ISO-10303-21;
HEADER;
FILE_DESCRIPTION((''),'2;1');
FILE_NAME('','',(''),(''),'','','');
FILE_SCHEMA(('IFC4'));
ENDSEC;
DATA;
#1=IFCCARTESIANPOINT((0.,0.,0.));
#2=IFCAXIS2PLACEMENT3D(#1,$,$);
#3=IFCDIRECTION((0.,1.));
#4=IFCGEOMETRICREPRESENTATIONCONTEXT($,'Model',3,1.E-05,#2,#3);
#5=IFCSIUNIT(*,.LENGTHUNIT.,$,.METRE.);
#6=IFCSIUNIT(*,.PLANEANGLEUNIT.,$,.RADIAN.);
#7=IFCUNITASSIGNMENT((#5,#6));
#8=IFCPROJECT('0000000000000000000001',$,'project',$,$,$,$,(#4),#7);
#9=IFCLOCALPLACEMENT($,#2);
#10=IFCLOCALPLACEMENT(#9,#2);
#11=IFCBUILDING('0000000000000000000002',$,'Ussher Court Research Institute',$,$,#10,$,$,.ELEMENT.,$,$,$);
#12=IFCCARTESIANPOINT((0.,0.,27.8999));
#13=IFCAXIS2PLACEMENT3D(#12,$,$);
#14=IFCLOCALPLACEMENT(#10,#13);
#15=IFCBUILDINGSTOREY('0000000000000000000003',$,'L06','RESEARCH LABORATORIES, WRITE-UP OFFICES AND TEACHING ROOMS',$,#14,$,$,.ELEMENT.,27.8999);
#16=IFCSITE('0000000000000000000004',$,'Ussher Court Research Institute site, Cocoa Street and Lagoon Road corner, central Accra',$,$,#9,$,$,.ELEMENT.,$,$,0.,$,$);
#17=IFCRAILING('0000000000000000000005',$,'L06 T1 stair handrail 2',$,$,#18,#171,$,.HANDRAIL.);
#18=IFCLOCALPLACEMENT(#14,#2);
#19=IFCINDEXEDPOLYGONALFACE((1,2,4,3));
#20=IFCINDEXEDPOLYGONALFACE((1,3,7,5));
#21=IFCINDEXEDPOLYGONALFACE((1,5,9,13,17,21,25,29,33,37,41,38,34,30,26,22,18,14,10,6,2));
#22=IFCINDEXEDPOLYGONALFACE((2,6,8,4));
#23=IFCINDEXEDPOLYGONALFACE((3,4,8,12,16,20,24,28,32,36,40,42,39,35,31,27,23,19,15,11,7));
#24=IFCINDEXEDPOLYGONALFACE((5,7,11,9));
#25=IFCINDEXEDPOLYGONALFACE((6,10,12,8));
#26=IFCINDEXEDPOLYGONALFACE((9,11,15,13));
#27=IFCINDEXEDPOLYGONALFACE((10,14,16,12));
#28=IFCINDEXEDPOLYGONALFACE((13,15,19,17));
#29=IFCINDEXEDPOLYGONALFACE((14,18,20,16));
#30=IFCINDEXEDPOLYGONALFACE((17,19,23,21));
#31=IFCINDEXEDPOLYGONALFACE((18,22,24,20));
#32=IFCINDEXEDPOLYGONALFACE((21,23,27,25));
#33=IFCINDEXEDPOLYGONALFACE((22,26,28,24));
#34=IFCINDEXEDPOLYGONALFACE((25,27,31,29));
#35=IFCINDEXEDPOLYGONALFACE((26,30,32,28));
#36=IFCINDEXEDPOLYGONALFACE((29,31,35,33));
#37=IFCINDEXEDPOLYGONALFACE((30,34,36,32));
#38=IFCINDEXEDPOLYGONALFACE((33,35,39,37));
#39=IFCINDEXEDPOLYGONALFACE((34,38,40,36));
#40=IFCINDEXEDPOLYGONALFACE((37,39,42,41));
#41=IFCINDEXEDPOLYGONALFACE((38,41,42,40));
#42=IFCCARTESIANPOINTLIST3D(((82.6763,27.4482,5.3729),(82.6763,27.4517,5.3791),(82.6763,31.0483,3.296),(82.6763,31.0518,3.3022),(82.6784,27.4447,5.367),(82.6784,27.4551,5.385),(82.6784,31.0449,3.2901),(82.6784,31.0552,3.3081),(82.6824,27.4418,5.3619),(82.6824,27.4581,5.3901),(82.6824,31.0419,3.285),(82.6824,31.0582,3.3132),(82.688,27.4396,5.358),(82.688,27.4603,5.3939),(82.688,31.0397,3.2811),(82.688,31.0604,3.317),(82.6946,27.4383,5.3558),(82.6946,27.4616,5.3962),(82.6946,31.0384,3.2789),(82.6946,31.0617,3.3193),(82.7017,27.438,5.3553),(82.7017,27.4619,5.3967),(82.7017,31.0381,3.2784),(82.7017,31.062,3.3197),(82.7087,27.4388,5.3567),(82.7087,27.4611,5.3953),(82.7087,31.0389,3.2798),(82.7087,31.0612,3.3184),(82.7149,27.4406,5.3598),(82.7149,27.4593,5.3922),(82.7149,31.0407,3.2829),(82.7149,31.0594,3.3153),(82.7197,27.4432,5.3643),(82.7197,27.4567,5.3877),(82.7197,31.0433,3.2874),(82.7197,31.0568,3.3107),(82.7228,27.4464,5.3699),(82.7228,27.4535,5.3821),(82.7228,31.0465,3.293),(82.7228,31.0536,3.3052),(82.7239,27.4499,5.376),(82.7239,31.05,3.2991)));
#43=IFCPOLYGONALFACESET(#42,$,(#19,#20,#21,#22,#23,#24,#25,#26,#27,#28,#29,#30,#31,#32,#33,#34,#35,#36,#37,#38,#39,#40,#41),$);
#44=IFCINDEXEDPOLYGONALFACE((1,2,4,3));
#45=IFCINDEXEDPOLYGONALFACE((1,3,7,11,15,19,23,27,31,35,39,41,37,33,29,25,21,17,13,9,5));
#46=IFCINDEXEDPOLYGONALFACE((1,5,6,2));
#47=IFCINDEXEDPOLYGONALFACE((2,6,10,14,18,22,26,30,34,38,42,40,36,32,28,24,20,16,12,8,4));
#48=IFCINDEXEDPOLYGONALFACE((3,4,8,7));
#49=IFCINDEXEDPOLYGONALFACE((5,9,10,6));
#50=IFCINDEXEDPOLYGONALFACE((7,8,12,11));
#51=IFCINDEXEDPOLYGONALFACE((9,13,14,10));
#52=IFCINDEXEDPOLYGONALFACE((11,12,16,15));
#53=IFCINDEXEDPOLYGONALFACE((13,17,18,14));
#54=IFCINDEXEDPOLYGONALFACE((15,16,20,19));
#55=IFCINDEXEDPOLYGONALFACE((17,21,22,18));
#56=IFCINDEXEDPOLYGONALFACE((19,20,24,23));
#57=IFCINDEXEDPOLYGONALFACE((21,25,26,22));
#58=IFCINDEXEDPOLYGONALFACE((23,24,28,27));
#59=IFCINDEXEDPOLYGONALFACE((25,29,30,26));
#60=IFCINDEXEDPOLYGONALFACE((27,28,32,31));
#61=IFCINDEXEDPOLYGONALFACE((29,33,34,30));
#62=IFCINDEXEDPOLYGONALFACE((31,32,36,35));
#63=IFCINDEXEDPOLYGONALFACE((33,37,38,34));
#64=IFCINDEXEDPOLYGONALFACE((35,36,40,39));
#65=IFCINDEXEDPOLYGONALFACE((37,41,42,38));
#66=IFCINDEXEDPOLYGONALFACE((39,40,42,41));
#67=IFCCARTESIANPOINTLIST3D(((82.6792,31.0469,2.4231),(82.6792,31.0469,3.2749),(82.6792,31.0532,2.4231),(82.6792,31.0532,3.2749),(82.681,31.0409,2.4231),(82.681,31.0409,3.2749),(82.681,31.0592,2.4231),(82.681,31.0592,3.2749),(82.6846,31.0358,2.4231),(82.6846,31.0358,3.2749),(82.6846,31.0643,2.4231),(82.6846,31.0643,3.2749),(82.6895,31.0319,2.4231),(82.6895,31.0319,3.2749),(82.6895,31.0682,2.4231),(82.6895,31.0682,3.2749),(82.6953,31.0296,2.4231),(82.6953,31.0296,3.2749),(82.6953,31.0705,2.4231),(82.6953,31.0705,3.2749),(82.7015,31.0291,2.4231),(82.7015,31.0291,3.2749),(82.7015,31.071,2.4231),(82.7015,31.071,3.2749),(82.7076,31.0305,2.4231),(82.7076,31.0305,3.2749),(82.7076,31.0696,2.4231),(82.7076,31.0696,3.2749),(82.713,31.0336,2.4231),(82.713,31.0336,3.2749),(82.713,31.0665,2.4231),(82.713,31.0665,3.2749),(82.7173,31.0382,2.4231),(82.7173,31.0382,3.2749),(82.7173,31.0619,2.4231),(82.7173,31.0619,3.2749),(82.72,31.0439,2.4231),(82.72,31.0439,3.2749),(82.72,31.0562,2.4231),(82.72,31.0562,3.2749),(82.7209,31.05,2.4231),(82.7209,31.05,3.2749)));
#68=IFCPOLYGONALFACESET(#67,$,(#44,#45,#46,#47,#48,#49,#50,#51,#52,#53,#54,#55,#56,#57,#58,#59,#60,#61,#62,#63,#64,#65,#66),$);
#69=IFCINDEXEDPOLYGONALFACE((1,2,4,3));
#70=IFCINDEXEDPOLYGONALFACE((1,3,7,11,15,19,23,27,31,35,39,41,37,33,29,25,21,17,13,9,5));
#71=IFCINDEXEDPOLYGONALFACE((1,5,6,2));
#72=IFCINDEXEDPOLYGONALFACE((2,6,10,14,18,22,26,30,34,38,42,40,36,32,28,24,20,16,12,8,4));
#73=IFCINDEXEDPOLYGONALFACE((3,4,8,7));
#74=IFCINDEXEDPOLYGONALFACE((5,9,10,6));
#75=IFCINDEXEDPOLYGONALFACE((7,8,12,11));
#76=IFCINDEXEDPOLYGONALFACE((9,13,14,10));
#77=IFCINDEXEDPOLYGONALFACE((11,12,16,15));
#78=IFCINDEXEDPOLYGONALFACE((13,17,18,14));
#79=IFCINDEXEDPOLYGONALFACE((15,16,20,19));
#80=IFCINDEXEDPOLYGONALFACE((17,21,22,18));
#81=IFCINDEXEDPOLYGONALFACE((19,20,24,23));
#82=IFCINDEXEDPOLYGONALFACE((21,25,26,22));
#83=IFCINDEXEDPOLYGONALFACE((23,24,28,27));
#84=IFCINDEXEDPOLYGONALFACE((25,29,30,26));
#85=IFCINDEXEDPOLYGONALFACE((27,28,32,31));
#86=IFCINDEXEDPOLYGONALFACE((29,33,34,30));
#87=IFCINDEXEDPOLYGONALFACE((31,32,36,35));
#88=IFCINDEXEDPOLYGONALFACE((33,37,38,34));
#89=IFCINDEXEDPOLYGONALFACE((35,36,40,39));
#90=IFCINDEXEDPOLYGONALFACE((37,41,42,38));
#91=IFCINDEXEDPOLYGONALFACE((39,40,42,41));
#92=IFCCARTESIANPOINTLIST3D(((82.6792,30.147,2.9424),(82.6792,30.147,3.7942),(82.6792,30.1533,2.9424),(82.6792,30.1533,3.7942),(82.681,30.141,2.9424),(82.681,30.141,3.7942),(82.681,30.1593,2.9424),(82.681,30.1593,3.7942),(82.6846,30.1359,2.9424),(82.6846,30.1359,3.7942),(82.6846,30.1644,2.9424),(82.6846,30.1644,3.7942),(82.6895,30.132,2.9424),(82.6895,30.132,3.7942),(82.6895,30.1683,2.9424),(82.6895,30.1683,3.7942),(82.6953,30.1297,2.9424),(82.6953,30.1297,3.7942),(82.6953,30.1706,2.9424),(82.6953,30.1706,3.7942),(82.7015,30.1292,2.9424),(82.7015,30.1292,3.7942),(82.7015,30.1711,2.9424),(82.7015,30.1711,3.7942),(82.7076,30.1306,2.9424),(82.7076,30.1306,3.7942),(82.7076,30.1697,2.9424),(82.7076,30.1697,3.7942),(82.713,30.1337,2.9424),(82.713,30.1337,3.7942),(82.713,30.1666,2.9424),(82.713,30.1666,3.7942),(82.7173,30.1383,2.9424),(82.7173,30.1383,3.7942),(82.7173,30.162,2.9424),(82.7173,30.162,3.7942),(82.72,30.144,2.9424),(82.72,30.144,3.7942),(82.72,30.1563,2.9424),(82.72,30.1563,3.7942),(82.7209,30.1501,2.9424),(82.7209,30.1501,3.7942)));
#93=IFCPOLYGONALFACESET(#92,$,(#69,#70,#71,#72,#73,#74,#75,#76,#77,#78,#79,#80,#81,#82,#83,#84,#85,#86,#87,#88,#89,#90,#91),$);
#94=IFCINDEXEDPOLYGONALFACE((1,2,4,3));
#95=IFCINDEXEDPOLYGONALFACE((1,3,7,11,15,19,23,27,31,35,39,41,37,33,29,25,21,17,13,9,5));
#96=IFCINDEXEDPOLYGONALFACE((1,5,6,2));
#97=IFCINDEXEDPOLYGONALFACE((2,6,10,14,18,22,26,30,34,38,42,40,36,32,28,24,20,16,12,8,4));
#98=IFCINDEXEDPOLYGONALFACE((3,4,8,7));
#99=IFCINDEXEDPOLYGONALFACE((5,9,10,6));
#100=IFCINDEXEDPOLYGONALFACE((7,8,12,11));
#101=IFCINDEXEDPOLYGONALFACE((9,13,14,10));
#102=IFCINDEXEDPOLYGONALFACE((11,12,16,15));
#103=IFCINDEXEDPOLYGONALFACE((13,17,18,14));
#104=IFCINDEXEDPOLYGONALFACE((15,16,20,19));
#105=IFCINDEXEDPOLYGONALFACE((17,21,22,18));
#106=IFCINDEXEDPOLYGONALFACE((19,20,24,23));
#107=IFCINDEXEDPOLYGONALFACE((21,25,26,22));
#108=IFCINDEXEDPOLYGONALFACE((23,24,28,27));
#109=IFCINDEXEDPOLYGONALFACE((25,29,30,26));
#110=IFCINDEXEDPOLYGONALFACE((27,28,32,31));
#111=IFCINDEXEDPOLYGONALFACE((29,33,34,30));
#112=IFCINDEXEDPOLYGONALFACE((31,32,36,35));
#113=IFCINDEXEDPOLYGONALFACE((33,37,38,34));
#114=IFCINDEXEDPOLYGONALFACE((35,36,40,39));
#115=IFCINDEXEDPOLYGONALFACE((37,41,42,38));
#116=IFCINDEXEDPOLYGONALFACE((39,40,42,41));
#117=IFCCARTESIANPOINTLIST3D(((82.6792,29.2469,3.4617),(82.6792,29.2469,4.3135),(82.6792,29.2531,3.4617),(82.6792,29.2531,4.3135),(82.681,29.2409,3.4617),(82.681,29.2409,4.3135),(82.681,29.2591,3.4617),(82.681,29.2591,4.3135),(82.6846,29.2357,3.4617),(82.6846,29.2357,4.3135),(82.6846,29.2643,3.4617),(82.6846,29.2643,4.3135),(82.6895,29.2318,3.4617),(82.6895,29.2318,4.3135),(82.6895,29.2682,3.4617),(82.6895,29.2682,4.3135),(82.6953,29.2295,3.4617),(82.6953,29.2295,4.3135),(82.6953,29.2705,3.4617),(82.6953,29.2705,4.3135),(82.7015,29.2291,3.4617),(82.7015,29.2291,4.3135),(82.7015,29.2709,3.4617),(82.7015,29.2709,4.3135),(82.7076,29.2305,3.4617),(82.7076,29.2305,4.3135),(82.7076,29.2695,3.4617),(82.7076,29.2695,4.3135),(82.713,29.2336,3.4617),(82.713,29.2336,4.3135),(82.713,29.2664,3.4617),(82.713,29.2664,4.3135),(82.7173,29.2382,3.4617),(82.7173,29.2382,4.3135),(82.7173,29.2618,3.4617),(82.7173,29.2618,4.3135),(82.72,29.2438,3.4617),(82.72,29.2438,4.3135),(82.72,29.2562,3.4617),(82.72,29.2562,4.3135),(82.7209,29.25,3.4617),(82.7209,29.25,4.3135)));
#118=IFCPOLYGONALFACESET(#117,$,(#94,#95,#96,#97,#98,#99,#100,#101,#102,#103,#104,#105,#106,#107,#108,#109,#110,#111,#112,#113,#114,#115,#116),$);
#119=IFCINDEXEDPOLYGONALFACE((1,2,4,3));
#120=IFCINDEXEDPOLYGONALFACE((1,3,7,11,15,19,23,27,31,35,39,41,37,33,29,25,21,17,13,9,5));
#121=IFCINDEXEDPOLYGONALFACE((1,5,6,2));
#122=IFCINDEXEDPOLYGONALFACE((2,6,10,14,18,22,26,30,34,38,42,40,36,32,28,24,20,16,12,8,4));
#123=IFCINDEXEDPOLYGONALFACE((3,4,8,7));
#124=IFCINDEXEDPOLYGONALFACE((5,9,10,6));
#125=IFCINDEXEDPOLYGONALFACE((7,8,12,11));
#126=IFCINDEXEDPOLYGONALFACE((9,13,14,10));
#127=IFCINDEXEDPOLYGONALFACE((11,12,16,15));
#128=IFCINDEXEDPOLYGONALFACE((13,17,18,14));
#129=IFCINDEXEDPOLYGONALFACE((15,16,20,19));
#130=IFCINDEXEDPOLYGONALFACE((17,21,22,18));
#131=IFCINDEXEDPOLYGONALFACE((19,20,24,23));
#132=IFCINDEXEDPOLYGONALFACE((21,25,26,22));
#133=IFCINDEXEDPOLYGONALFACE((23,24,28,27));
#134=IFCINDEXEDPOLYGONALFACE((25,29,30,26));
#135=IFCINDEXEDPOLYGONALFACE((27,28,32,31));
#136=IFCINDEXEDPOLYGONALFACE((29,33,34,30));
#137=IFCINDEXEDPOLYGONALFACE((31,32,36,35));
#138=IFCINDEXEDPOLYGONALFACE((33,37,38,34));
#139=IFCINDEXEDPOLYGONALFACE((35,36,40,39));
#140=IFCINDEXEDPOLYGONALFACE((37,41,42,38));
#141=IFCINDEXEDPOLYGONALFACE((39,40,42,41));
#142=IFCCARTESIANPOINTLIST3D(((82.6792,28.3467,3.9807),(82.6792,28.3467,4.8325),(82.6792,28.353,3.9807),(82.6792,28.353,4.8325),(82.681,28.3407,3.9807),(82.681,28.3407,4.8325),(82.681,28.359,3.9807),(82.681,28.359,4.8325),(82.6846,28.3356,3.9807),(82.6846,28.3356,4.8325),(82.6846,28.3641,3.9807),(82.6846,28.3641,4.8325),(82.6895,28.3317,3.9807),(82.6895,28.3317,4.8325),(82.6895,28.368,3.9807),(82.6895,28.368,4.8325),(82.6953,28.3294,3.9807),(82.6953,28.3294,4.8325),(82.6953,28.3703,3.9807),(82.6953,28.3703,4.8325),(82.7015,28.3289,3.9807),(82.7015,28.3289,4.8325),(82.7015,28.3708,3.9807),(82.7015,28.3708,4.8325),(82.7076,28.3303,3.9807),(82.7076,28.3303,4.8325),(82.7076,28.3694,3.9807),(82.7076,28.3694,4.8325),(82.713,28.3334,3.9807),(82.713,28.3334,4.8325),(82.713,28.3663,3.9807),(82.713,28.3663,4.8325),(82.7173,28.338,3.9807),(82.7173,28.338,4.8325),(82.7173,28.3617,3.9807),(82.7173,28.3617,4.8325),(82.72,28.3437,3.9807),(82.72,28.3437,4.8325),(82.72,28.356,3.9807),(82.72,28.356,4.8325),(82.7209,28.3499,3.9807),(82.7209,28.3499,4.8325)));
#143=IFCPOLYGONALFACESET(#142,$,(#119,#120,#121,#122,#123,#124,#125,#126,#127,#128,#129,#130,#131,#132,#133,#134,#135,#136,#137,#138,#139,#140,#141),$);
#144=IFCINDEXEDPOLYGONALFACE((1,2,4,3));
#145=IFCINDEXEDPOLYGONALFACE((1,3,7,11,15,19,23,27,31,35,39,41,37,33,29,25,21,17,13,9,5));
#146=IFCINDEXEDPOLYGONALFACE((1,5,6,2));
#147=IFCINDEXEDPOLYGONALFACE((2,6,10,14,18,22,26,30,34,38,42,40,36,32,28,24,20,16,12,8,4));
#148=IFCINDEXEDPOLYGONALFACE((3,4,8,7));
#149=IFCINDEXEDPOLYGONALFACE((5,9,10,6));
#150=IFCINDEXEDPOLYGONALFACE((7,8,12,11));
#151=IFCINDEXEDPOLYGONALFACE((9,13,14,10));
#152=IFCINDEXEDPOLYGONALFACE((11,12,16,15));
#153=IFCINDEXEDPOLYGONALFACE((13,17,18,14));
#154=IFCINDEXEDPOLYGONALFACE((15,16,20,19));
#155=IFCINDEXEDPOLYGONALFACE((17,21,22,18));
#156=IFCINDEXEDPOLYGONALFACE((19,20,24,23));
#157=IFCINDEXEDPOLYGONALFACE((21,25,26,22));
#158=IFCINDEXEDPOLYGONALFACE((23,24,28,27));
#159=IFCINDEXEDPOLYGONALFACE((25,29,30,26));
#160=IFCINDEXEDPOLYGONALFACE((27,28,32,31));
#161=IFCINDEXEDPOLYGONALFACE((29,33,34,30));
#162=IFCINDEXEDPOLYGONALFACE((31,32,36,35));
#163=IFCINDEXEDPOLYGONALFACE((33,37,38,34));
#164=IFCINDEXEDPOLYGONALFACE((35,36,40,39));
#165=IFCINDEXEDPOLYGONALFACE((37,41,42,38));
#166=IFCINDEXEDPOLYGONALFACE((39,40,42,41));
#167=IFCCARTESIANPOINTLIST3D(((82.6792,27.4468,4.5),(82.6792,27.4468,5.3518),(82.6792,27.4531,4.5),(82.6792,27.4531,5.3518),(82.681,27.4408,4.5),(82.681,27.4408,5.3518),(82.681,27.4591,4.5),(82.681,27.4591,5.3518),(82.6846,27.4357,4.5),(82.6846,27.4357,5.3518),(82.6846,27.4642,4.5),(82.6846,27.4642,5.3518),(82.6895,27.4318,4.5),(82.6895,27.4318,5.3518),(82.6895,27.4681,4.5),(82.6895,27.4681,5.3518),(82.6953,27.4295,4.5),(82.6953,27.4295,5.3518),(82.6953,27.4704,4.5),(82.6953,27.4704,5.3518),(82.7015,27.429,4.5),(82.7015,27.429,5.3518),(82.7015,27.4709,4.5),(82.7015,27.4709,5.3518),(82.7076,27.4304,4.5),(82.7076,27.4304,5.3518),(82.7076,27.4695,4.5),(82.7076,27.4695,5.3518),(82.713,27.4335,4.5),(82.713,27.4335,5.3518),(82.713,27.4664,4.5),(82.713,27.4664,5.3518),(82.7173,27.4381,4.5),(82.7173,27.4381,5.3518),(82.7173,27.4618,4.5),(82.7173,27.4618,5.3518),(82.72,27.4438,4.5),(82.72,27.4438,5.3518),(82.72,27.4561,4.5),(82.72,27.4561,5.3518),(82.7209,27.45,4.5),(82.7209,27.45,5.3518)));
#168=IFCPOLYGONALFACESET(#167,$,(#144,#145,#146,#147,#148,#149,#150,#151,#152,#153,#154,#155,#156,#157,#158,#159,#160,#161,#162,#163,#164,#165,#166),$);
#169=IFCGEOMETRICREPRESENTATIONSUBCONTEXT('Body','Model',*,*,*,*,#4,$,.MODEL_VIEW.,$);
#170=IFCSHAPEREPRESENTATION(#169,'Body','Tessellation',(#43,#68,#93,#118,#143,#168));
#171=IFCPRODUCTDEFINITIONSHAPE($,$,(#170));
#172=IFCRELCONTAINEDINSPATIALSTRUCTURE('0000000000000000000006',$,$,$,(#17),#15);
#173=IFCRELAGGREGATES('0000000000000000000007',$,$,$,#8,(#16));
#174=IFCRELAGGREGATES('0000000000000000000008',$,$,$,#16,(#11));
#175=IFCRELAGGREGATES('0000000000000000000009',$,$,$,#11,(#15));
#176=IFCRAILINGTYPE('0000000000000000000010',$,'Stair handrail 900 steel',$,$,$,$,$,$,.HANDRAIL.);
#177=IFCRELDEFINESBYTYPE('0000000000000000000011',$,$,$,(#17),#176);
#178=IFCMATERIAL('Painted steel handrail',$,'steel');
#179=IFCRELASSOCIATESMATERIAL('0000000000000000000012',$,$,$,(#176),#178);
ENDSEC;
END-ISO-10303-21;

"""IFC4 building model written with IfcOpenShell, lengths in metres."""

from ifc_helpers import new_model, si_unit, direction, frame, origin, origin_2d, place, context, subcontext, project, spatial, circle, extrude, material, type_object, element, save


model = new_model("IFC4")

# Units and contexts
model_context = context("Model", 3, precision=1e-05, world=origin(), true_north=direction((0.0, 1.0)))
body_context = subcontext(model_context, "Body", "Model", "MODEL_VIEW")
ifc_project = project(units=[si_unit("LENGTHUNIT", "METRE"), si_unit("PLANEANGLEUNIT", "RADIAN")], contexts=[model_context])

# Site, building, storey
site_placement = place(None, origin())
site = spatial("IfcSite", under=ifc_project, at=site_placement, Name="Ussher Court Research Institute site, Cocoa Street and Lagoon Road corner, central Accra", CompositionType="ELEMENT", RefElevation=0.0)
building_placement = place(site_placement, origin())
building = spatial("IfcBuilding", under=site, at=building_placement, Name="Ussher Court Research Institute", CompositionType="ELEMENT")
storey_placement = place(building_placement, frame((0.0, 0.0, 27.8999)))
storey = spatial("IfcBuildingStorey", under=building, at=storey_placement, Name="L06", Description="RESEARCH LABORATORIES, WRITE-UP OFFICES AND TEACHING ROOMS", CompositionType="ELEMENT", Elevation=27.8999)

# Railing
ifc_material_1 = material(Name="Painted steel handrail", Category="steel")
railing_type = type_object("IfcRailingType", Name="Stair handrail 900 steel", PredefinedType="HANDRAIL", material=ifc_material_1)
railing_placement = place(storey_placement, frame((82.7, 31.05, 2.4231)))
element("IfcRailing", 1, at=railing_placement, inside=storey, type_object=railing_type, Name="L06 T1 stair handrail 2", PredefinedType="HANDRAIL", context=body_context, shape_type="SweptSolid", body=[
    extrude(circle(Radius=0.0239, at=origin_2d()), frame((0.0, 0.0, 0.876), z_axis=(0.0, -0.866193, 0.499709), x_axis=(1.0, 0.0, 0.0)), (0.0, 0.0, 1.0), 4.1562),
    extrude(circle(Radius=0.021, at=origin_2d()), origin(), (0.0, 0.0, 1.0), 0.8518),
    extrude(circle(Radius=0.021, at=origin_2d()), frame((0.0, -0.8999, 0.5193)), (0.0, 0.0, 1.0), 0.8518),
    extrude(circle(Radius=0.021, at=origin_2d()), frame((0.0, -1.8, 1.0386)), (0.0, 0.0, 1.0), 0.8518),
    extrude(circle(Radius=0.021, at=origin_2d()), frame((0.0, -2.7002, 1.5576)), (0.0, 0.0, 1.0), 0.8518),
    extrude(circle(Radius=0.021, at=origin_2d()), frame((0.0, -3.6001, 2.0769)), (0.0, 0.0, 1.0), 0.8518),
])

save(model, "model.ifc")
